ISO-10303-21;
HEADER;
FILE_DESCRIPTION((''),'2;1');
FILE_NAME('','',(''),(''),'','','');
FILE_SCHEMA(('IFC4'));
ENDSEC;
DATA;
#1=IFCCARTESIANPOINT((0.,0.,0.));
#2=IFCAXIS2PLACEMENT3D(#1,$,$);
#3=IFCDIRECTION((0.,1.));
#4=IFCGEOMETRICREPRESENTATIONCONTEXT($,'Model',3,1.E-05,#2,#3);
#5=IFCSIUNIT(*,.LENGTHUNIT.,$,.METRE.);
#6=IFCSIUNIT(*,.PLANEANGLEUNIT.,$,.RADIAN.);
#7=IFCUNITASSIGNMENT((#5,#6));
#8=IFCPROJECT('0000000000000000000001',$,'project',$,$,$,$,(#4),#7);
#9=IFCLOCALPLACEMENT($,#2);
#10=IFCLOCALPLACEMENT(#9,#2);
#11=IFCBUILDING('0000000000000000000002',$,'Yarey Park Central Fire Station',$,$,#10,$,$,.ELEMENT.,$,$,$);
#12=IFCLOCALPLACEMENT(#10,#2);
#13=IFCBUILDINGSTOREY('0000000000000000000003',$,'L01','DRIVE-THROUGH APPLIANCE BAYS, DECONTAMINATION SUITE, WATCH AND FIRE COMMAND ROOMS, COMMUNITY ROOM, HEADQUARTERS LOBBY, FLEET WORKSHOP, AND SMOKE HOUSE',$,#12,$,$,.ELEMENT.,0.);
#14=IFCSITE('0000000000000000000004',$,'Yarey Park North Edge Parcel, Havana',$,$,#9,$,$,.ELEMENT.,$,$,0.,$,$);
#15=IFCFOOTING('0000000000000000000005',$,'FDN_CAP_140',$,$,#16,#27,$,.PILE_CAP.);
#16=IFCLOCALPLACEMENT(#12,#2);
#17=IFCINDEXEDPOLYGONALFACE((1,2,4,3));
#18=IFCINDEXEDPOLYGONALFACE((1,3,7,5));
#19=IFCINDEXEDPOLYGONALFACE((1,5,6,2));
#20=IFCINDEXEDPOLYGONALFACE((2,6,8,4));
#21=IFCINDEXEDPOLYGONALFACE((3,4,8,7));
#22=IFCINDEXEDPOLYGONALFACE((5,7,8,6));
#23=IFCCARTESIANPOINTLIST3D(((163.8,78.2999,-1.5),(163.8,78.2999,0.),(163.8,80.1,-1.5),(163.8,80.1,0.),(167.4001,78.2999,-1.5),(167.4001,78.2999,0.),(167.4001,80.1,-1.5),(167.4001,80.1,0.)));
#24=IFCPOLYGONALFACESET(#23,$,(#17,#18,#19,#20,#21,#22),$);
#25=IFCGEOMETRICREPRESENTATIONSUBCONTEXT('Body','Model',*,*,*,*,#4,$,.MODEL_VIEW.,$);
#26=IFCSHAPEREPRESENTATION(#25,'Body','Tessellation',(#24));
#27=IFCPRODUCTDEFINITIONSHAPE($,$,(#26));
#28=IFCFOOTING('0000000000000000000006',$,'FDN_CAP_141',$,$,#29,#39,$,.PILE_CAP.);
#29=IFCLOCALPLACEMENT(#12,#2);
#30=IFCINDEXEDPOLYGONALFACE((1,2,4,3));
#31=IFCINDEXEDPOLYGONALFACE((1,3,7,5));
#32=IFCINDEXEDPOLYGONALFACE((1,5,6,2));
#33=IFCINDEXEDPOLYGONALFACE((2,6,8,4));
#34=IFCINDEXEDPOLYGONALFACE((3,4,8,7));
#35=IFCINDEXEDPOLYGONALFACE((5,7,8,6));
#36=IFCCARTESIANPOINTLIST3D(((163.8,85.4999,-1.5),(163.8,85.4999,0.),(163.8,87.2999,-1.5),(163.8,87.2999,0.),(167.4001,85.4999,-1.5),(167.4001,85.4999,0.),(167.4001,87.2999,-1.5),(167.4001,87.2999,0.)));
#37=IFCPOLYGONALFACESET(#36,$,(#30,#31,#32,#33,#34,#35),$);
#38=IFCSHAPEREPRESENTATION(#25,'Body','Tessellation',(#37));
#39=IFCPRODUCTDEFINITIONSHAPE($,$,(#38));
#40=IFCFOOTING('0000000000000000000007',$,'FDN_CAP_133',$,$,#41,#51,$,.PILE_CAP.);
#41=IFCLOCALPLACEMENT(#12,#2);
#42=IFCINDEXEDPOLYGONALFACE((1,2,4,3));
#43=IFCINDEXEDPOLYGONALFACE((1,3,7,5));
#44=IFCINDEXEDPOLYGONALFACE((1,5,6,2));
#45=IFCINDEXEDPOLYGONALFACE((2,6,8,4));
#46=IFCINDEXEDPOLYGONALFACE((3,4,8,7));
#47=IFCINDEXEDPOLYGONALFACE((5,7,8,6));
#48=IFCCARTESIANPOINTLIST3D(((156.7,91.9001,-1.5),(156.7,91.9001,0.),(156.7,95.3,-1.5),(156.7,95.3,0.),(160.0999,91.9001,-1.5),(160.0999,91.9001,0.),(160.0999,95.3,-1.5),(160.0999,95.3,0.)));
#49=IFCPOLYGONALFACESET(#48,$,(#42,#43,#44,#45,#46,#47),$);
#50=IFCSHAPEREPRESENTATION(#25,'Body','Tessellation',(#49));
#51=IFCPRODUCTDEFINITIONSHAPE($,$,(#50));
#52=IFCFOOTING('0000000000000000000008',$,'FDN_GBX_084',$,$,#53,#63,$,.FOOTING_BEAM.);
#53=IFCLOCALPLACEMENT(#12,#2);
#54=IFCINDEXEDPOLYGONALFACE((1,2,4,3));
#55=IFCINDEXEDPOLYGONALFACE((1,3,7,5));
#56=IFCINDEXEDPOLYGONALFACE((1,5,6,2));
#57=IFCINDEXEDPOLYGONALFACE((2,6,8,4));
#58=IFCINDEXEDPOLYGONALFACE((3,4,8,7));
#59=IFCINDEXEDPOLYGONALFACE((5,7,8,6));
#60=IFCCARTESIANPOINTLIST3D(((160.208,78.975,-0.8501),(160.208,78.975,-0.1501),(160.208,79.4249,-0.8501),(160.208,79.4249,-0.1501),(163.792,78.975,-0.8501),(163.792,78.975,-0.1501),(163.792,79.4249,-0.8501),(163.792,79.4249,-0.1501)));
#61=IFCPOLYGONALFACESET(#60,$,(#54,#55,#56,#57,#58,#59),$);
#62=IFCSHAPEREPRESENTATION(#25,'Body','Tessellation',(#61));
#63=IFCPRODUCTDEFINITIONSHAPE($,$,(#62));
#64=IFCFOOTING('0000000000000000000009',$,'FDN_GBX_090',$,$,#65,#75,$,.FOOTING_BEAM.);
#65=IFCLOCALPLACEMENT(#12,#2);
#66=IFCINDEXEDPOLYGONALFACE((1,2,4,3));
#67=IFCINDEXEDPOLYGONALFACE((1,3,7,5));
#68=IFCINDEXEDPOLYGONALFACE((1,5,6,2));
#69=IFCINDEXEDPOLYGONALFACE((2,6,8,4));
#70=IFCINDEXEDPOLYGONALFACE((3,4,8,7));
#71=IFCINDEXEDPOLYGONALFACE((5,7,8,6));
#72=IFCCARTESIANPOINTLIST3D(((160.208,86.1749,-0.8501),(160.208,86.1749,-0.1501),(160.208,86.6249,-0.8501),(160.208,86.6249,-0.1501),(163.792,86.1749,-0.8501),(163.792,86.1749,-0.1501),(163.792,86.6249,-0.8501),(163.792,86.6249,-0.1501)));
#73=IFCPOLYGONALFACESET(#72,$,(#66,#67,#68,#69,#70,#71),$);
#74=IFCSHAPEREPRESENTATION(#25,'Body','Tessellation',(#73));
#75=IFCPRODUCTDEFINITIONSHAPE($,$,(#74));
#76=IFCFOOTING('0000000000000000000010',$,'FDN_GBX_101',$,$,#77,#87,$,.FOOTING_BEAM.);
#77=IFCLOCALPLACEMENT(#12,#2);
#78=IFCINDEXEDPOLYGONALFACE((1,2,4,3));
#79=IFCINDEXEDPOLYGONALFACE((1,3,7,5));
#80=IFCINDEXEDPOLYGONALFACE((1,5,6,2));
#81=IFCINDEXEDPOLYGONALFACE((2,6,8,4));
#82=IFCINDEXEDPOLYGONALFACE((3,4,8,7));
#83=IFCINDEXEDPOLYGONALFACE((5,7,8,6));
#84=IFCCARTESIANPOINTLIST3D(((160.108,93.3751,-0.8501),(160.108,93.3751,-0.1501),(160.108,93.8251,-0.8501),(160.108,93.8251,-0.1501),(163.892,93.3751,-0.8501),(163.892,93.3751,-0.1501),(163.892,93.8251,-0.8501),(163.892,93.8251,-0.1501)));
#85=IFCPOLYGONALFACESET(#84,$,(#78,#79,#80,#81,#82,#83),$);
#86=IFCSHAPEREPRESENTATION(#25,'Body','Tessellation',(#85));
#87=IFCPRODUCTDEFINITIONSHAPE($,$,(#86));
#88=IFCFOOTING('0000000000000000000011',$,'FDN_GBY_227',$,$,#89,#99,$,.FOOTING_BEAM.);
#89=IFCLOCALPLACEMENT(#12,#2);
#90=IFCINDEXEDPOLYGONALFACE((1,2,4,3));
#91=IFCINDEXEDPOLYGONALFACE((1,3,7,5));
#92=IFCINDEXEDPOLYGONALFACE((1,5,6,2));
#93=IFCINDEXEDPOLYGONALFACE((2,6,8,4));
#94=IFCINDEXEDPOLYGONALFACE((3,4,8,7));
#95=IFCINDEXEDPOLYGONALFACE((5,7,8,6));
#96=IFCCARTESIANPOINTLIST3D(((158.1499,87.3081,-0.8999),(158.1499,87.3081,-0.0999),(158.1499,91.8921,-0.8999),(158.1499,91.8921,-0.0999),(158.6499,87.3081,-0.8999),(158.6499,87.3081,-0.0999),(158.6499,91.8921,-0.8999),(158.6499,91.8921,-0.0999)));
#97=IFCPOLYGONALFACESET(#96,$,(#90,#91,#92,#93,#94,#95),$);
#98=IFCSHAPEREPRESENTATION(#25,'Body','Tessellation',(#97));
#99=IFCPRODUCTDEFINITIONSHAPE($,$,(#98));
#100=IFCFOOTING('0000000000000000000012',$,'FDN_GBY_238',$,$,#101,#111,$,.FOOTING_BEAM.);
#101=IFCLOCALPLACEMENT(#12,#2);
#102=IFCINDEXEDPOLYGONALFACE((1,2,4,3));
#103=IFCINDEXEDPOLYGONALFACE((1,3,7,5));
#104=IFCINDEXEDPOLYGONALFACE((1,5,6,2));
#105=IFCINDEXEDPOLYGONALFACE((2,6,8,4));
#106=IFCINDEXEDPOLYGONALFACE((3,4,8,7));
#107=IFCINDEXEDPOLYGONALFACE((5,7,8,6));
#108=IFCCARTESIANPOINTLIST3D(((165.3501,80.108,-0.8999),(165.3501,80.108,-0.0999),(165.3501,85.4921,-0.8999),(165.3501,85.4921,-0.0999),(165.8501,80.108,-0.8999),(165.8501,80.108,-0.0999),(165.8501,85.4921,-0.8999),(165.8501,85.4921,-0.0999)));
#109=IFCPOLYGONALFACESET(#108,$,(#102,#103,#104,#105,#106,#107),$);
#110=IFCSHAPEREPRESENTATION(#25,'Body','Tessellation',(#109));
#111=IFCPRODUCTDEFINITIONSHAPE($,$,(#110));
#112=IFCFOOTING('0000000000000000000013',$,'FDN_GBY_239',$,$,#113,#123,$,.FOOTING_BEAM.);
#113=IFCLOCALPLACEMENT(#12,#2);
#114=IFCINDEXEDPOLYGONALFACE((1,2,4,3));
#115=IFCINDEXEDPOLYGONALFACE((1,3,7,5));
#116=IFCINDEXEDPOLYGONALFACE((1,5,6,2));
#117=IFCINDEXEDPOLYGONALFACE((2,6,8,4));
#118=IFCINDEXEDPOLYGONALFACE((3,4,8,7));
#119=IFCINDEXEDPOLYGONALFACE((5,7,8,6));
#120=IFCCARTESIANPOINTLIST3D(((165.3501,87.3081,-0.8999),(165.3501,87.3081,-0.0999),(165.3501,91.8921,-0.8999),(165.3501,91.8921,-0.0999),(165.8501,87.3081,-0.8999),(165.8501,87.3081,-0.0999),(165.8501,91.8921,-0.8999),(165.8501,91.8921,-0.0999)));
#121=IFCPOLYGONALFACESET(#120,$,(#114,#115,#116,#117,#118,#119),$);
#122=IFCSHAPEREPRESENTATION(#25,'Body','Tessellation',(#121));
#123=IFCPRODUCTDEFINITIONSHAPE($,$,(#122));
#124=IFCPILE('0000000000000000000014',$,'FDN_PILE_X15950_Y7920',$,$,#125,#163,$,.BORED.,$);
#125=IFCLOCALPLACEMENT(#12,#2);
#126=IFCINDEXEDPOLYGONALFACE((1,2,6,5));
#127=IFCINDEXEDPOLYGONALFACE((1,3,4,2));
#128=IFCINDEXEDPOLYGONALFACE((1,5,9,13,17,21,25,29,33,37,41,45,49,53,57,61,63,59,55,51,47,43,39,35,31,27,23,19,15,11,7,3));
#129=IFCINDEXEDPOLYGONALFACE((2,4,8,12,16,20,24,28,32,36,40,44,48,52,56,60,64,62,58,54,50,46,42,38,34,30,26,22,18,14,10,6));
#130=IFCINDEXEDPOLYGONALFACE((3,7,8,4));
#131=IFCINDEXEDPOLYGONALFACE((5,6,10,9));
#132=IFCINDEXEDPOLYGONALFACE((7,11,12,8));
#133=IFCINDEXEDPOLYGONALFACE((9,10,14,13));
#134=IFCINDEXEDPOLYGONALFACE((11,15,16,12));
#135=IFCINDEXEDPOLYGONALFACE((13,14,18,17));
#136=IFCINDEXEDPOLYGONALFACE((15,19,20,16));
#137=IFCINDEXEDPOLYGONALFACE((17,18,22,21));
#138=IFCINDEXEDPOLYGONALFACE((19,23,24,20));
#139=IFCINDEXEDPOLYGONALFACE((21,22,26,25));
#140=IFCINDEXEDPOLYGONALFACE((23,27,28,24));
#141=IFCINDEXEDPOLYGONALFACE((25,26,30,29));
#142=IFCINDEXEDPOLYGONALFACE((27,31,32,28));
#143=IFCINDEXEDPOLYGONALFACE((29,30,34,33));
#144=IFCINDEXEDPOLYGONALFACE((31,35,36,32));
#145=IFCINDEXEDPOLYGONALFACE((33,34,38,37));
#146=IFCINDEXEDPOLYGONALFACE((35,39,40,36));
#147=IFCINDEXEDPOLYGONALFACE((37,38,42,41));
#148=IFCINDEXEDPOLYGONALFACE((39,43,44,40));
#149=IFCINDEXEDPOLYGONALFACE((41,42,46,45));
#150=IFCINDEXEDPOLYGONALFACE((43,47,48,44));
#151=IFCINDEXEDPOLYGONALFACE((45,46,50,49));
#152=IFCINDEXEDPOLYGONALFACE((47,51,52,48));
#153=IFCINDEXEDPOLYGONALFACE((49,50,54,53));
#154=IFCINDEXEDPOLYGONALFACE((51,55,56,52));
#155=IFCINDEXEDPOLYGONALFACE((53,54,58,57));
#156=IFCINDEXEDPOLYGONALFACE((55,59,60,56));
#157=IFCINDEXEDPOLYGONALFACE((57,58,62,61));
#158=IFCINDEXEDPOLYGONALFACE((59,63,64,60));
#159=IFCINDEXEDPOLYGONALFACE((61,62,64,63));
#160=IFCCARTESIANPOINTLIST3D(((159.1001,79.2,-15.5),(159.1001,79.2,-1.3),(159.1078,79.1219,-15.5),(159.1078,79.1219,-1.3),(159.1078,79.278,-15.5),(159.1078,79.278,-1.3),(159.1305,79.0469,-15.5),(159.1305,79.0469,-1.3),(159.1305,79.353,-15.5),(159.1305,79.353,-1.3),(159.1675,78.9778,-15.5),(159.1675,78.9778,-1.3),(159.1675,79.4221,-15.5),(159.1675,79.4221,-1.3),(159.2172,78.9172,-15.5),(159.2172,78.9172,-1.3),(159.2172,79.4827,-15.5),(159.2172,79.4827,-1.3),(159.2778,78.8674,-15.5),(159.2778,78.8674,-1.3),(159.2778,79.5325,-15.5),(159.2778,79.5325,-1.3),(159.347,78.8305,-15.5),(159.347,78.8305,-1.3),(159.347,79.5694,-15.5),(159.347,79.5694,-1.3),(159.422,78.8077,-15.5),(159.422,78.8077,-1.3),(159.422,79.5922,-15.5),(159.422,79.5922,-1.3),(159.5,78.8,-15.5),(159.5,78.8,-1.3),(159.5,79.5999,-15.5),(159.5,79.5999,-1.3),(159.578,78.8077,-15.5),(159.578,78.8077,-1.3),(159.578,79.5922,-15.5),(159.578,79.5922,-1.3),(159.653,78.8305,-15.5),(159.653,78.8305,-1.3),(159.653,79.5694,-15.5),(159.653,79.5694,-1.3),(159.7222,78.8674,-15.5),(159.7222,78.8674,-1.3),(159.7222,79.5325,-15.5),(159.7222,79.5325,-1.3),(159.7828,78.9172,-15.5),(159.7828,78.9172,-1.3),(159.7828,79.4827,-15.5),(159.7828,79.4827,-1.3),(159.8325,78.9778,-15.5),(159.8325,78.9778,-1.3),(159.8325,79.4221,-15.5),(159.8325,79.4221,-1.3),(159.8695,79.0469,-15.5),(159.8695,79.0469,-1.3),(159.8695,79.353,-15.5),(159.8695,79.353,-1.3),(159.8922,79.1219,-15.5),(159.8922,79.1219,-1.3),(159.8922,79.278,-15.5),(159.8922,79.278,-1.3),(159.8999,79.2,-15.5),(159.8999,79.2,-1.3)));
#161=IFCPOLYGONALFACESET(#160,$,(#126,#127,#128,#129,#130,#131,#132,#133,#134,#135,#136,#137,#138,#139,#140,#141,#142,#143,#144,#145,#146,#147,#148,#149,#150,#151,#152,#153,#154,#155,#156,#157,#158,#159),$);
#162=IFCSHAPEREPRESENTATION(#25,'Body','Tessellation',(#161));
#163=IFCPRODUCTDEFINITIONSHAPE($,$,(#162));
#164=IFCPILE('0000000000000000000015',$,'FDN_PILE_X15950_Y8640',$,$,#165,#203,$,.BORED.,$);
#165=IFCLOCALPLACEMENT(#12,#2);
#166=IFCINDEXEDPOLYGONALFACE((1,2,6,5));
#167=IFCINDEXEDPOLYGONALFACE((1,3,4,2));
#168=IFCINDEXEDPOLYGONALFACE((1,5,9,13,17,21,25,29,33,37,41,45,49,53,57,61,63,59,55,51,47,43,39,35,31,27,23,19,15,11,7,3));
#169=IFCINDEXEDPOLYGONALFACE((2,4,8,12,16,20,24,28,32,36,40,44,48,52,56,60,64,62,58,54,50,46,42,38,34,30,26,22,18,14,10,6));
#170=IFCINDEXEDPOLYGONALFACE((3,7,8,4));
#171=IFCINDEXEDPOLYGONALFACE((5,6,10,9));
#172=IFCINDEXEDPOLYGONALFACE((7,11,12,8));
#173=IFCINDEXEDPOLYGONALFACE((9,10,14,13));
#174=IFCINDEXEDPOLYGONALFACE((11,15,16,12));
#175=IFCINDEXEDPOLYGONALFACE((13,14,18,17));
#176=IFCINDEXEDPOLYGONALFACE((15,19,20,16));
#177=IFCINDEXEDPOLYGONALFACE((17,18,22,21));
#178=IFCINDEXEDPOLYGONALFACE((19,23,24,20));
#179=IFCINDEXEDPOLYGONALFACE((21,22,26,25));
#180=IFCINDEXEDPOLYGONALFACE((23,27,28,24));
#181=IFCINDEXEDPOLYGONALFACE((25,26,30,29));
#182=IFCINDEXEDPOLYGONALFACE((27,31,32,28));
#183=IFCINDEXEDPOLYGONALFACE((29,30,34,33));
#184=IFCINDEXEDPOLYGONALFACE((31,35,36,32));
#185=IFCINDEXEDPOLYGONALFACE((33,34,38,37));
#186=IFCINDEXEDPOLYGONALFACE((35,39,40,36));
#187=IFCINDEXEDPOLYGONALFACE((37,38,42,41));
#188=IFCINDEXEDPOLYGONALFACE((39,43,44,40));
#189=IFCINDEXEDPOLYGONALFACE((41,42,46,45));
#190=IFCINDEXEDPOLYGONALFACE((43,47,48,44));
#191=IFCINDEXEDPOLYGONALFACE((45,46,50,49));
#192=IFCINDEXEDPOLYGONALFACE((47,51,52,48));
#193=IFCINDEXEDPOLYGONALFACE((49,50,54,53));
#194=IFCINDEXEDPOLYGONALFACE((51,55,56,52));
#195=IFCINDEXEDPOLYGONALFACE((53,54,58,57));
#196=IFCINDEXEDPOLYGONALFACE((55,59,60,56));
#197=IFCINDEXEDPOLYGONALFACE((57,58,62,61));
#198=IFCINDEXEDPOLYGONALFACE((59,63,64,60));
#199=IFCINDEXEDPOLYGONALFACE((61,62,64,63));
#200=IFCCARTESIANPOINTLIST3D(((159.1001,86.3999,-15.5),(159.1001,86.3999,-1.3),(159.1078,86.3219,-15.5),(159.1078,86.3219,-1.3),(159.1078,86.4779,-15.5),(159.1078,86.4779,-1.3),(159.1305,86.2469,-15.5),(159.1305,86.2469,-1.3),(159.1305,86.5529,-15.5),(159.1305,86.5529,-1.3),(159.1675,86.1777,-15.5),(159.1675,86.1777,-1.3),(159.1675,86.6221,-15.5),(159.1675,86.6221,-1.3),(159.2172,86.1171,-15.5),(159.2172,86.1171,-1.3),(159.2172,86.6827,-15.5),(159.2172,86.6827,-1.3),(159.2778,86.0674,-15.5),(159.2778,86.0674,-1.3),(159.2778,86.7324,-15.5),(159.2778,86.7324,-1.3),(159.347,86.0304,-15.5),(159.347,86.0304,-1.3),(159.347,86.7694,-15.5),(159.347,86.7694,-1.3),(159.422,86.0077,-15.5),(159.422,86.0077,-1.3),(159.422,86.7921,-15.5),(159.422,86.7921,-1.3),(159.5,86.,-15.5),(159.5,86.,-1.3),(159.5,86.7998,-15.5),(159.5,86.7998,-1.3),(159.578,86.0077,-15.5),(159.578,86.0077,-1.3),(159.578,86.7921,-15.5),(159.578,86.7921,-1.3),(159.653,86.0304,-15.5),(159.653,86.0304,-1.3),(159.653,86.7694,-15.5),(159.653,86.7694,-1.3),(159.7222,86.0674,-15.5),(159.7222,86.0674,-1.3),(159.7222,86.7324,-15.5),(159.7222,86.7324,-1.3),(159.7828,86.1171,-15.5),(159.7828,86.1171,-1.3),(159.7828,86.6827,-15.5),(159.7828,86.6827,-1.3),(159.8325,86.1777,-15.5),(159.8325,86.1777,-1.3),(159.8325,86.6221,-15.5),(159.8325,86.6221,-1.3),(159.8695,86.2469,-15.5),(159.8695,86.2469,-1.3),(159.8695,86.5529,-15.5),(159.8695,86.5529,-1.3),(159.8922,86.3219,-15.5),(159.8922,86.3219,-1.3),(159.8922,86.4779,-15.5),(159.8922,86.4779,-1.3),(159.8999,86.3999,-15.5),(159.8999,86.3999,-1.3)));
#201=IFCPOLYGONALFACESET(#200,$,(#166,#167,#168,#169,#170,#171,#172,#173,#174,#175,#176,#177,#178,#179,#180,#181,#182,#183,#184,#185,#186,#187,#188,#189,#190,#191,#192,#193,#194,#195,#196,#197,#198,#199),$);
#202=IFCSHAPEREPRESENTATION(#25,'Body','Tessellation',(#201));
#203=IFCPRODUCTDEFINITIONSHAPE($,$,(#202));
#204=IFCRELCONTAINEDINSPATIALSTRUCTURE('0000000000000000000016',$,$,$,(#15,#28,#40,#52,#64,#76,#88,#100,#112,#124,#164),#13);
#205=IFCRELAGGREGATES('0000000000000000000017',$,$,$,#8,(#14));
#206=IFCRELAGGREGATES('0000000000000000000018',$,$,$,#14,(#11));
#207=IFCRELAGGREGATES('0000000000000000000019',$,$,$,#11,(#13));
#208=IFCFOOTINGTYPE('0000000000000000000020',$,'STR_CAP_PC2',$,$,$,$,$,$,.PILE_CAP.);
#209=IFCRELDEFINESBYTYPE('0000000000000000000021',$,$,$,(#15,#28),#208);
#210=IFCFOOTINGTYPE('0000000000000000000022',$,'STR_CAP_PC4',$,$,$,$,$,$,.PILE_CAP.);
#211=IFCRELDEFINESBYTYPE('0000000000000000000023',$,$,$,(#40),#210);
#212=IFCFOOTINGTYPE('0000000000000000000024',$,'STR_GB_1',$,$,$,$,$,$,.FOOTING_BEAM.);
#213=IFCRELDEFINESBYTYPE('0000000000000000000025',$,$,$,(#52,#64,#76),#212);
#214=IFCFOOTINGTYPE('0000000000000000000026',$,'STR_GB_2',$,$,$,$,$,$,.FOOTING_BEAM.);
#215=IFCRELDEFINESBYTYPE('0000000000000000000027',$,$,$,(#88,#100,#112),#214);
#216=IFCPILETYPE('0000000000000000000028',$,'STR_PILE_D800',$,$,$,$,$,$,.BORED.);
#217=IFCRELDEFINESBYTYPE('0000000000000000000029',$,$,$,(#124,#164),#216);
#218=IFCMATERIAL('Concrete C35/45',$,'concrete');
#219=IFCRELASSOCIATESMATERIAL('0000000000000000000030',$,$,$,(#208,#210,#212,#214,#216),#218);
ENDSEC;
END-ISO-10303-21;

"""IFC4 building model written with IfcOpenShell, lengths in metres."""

from ifc_helpers import new_model, si_unit, direction, frame, origin, origin_2d, place, context, subcontext, project, spatial, rectangle, circle, extrude, material, material_profile, profile_set, type_object, element, save


model = new_model("IFC4")

# Units and contexts
model_context = context("Model", 3, precision=1e-05, world=origin(), true_north=direction((0.0, 1.0)))
body_context = subcontext(model_context, "Body", "Model", "MODEL_VIEW")
ifc_project = project(units=[si_unit("LENGTHUNIT", "METRE"), si_unit("PLANEANGLEUNIT", "RADIAN")], contexts=[model_context])

# Site, building, storey
site_placement = place(None, origin())
site = spatial("IfcSite", under=ifc_project, at=site_placement, Name="Yarey Park North Edge Parcel, Havana", CompositionType="ELEMENT", RefElevation=0.0)
building_placement = place(site_placement, origin())
building = spatial("IfcBuilding", under=site, at=building_placement, Name="Yarey Park Central Fire Station", CompositionType="ELEMENT")
storey_placement = place(building_placement, origin())
storey = spatial("IfcBuildingStorey", under=building, at=storey_placement, Name="L01", Description="DRIVE-THROUGH APPLIANCE BAYS, DECONTAMINATION SUITE, WATCH AND FIRE COMMAND ROOMS, COMMUNITY ROOM, HEADQUARTERS LOBBY, FLEET WORKSHOP, AND SMOKE HOUSE", CompositionType="ELEMENT", Elevation=0.0)

# Footings
ifc_material_1 = material(Name="Concrete C35/45", Category="concrete")
footing_type_1 = type_object("IfcFootingType", Name="STR_CAP_PC2", PredefinedType="PILE_CAP", material=ifc_material_1)
for number, where, z_axis, x_axis, name in (
    (1, (165.6001, 79.2, -1.5), (0.0, 0.0, 1.0), (1.0, 0.0, 0.0), "FDN_CAP_140"),
    (2, (165.6001, 86.3999, -1.5), (0.0, 0.0, 1.0), (1.0, 0.0, 0.0), "FDN_CAP_141"),
):
    element("IfcFooting", number, at=place(storey_placement, frame(where, z_axis=z_axis, x_axis=x_axis)), inside=storey, type_object=footing_type_1, Name=name, PredefinedType="PILE_CAP", context=body_context, shape_type="SweptSolid", body=[
        extrude(rectangle(XDim=3.6001, YDim=1.8, at=origin_2d()), origin(), (0.0, 0.0, 1.0), 1.5),
    ])
footing_type_2 = type_object("IfcFootingType", Name="STR_CAP_PC4", PredefinedType="PILE_CAP", material=ifc_material_1)
footing_1_placement = place(storey_placement, frame((158.3999, 93.6001, -1.5), z_axis=(0.0, 0.0, 1.0), x_axis=(1.0, 0.0, 0.0)))
element("IfcFooting", 3, at=footing_1_placement, inside=storey, type_object=footing_type_2, Name="FDN_CAP_133", PredefinedType="PILE_CAP", context=body_context, shape_type="SweptSolid", body=[
    extrude(rectangle(XDim=3.3999, YDim=3.3999, at=origin_2d()), origin(), (0.0, 0.0, 1.0), 1.5),
])
footing_type_3 = type_object("IfcFootingType", Name="STR_GB_1", PredefinedType="FOOTING_BEAM", material=ifc_material_1)
for number, where, z_axis, x_axis, name in (
    (4, (162.0, 79.2, -0.8501), (0.0, 0.0, 1.0), (1.0, 0.0, 0.0), "FDN_GBX_084"),
    (5, (162.0, 86.3999, -0.8501), (0.0, 0.0, 1.0), (1.0, 0.0, 0.0), "FDN_GBX_090"),
):
    element("IfcFooting", number, at=place(storey_placement, frame(where, z_axis=z_axis, x_axis=x_axis)), inside=storey, type_object=footing_type_3, Name=name, PredefinedType="FOOTING_BEAM", context=body_context, shape_type="SweptSolid", body=[
        extrude(rectangle(XDim=3.584, YDim=0.45, at=origin_2d()), origin(), (0.0, 0.0, 1.0), 0.7),
    ])
footing_2_placement = place(storey_placement, frame((162.0, 93.6001, -0.8501), z_axis=(0.0, 0.0, 1.0), x_axis=(1.0, 0.0, 0.0)))
element("IfcFooting", 6, at=footing_2_placement, inside=storey, type_object=footing_type_3, Name="FDN_GBX_101", PredefinedType="FOOTING_BEAM", context=body_context, shape_type="SweptSolid", body=[
    extrude(rectangle(XDim=3.7839, YDim=0.45, at=origin_2d()), origin(), (0.0, 0.0, 1.0), 0.7),
])
footing_type_4 = type_object("IfcFootingType", Name="STR_GB_2", PredefinedType="FOOTING_BEAM", material=ifc_material_1)
footing_3_placement = place(storey_placement, frame((158.3999, 89.6001, -0.8999), z_axis=(0.0, 0.0, 1.0), x_axis=(1.0, 0.0, 0.0)))
element("IfcFooting", 7, at=footing_3_placement, inside=storey, type_object=footing_type_4, Name="FDN_GBY_227", PredefinedType="FOOTING_BEAM", context=body_context, shape_type="SweptSolid", body=[
    extrude(rectangle(XDim=0.5, YDim=4.584, at=origin_2d()), origin(), (0.0, 0.0, 1.0), 0.8),
])
footing_4_placement = place(storey_placement, frame((165.6001, 82.8, -0.8999), z_axis=(0.0, 0.0, 1.0), x_axis=(1.0, 0.0, 0.0)))
element("IfcFooting", 8, at=footing_4_placement, inside=storey, type_object=footing_type_4, Name="FDN_GBY_238", PredefinedType="FOOTING_BEAM", context=body_context, shape_type="SweptSolid", body=[
    extrude(rectangle(XDim=0.5, YDim=5.384, at=origin_2d()), origin(), (0.0, 0.0, 1.0), 0.8),
])
footing_5_placement = place(storey_placement, frame((165.6001, 89.6001, -0.8999), z_axis=(0.0, 0.0, 1.0), x_axis=(1.0, 0.0, 0.0)))
element("IfcFooting", 9, at=footing_5_placement, inside=storey, type_object=footing_type_4, Name="FDN_GBY_239", PredefinedType="FOOTING_BEAM", context=body_context, shape_type="SweptSolid", body=[
    extrude(rectangle(XDim=0.5, YDim=4.584, at=origin_2d()), origin(), (0.0, 0.0, 1.0), 0.8),
])

# Piles
ifc_material_profile_1 = material_profile(ifc_material_1, circle(Radius=0.3999, at=origin_2d()), Name="BORED PILE D800")
ifc_profile_set_1 = profile_set([ifc_material_profile_1], Name="Concrete C35/45")
pile_type = type_object("IfcPileType", Name="STR_PILE_D800", PredefinedType="BORED", material=ifc_profile_set_1)
for number, where, z_axis, x_axis, name in (
    (10, (159.5, 79.2, -1.3), (0.0, 0.0, -1.0), (1.0, 0.0, 0.0), "FDN_PILE_X15950_Y7920"),
    (11, (159.5, 86.3999, -1.3), (0.0, 0.0, -1.0), (1.0, 0.0, 0.0), "FDN_PILE_X15950_Y8640"),
):
    element("IfcPile", number, at=place(storey_placement, frame(where, z_axis=z_axis, x_axis=x_axis)), inside=storey, type_object=pile_type, Name=name, PredefinedType="BORED", context=body_context, shape_type="SweptSolid", body=[
        extrude(circle(Radius=0.3999, at=origin_2d()), origin(), (0.0, 0.0, 1.0), 14.2),
    ])

save(model, "model.ifc")
